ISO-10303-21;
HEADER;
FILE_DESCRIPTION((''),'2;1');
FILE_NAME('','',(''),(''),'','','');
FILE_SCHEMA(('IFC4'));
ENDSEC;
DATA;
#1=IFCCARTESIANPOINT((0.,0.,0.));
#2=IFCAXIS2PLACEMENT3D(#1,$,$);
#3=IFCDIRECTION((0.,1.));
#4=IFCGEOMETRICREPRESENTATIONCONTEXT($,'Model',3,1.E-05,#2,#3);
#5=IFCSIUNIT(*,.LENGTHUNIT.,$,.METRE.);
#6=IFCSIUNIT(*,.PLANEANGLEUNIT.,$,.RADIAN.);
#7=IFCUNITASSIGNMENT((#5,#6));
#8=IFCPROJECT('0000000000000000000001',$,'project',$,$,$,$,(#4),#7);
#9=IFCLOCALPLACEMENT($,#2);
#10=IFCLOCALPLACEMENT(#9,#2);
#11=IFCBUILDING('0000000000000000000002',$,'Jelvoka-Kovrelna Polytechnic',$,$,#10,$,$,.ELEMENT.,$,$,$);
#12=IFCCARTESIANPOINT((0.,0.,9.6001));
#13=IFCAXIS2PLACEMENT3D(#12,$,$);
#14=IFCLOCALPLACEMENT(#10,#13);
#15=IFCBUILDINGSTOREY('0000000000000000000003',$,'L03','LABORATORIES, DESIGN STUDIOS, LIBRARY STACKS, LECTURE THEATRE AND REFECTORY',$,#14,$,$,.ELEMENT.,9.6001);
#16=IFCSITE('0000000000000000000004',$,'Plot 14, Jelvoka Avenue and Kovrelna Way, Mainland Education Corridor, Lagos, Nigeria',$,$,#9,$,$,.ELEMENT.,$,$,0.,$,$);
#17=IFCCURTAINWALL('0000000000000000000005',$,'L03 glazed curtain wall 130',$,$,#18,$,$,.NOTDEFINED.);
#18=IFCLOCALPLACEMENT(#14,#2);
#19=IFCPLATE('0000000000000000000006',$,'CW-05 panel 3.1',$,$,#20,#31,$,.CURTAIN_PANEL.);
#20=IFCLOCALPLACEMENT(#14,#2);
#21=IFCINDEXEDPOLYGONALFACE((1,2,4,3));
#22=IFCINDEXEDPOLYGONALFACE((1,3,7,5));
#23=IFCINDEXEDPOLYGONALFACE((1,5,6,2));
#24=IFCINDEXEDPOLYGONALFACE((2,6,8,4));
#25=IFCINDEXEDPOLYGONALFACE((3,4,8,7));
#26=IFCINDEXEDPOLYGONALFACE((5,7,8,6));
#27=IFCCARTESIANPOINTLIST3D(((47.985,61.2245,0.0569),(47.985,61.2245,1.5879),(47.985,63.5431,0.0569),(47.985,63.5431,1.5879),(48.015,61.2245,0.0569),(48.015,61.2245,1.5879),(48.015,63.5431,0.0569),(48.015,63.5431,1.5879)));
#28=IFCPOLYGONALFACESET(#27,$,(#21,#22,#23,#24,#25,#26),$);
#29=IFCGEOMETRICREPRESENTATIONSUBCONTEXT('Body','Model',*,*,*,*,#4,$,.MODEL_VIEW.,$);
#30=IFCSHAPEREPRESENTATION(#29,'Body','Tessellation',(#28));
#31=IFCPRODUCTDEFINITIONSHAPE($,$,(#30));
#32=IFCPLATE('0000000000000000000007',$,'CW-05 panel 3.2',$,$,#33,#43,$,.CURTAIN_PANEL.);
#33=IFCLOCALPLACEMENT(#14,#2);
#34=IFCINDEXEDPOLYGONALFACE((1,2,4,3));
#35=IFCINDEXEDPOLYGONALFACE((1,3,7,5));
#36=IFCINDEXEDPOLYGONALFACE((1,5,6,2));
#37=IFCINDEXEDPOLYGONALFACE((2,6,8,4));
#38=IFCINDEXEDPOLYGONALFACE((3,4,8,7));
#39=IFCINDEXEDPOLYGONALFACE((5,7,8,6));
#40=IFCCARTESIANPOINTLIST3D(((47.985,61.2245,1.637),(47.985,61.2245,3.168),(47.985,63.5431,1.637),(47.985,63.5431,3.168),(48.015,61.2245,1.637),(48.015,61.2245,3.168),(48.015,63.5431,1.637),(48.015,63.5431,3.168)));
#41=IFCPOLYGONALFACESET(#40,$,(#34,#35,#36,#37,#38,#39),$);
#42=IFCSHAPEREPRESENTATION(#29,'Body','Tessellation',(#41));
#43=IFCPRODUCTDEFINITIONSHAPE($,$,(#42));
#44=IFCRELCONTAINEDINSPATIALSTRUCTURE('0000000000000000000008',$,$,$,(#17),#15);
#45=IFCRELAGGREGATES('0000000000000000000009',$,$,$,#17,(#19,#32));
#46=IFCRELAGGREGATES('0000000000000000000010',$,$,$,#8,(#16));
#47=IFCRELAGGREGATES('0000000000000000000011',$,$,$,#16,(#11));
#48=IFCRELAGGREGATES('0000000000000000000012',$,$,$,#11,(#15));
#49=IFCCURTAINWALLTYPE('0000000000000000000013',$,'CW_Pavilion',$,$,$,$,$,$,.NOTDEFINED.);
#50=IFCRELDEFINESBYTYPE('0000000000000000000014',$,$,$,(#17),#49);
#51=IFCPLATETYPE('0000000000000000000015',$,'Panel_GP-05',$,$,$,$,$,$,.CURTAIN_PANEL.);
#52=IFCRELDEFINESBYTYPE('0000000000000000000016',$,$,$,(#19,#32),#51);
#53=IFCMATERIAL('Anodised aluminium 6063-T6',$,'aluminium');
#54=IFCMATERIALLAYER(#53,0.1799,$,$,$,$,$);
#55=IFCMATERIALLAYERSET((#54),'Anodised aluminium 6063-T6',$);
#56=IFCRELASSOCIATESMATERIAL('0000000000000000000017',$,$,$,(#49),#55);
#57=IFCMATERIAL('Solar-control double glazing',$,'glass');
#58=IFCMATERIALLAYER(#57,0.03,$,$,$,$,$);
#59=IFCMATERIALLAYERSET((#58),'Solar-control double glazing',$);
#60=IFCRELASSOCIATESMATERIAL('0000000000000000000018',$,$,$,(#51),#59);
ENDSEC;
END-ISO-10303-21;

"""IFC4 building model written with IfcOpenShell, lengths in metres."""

from ifc_helpers import new_model, si_unit, direction, frame, origin, origin_2d, place, context, subcontext, project, spatial, rectangle, extrude, material, layer, layer_set, type_object, element, aggregate, save


model = new_model("IFC4")

# Units and contexts
model_context = context("Model", 3, precision=1e-05, world=origin(), true_north=direction((0.0, 1.0)))
body_context = subcontext(model_context, "Body", "Model", "MODEL_VIEW")
ifc_project = project(units=[si_unit("LENGTHUNIT", "METRE"), si_unit("PLANEANGLEUNIT", "RADIAN")], contexts=[model_context])

# Site, building, storey
site_placement = place(None, origin())
site = spatial("IfcSite", under=ifc_project, at=site_placement, Name="Plot 14, Jelvoka Avenue and Kovrelna Way, Mainland Education Corridor, Lagos, Nigeria", CompositionType="ELEMENT", RefElevation=0.0)
building_placement = place(site_placement, origin())
building = spatial("IfcBuilding", under=site, at=building_placement, Name="Jelvoka-Kovrelna Polytechnic", CompositionType="ELEMENT")
storey_placement = place(building_placement, frame((0.0, 0.0, 9.6001)))
storey = spatial("IfcBuildingStorey", under=building, at=storey_placement, Name="L03", Description="LABORATORIES, DESIGN STUDIOS, LIBRARY STACKS, LECTURE THEATRE AND REFECTORY", CompositionType="ELEMENT", Elevation=9.6001)

# Curtain wall
ifc_material_1 = material(Name="Anodised aluminium 6063-T6", Category="aluminium")
ifc_layer_1 = layer(ifc_material_1, 0.1799)
ifc_layer_set_1 = layer_set([ifc_layer_1], Name="Anodised aluminium 6063-T6")
curtain_wall_type = type_object("IfcCurtainWallType", Name="CW_Pavilion", PredefinedType="NOTDEFINED", material=ifc_layer_set_1)
curtain_wall_1_placement = place(storey_placement, origin())
curtain_wall_1 = element("IfcCurtainWall", 1, at=curtain_wall_1_placement, inside=storey, type_object=curtain_wall_type, Name="L03 glazed curtain wall 130", PredefinedType="NOTDEFINED")

# Plates
ifc_material_2 = material(Name="Solar-control double glazing", Category="glass")
ifc_layer_2 = layer(ifc_material_2, 0.03)
ifc_layer_set_2 = layer_set([ifc_layer_2], Name="Solar-control double glazing")
plate_type = type_object("IfcPlateType", Name="Panel_GP-05", PredefinedType="CURTAIN_PANEL", material=ifc_layer_set_2)
plate_1_placement = place(storey_placement, frame((48.0, 62.3838, 0.0569), z_axis=(0.0, 0.0, 1.0), x_axis=(0.0, 1.0, 0.0)))
plate_1 = element("IfcPlate", 2, at=plate_1_placement, type_object=plate_type, Name="CW-05 panel 3.1", PredefinedType="CURTAIN_PANEL", context=body_context, shape_type="SweptSolid", body=[
    extrude(rectangle(XDim=2.3186, YDim=0.03, at=origin_2d()), origin(), (0.0, 0.0, 1.0), 1.531),
])
plate_2_placement = place(storey_placement, frame((48.0, 62.3838, 1.637), z_axis=(0.0, 0.0, 1.0), x_axis=(0.0, 1.0, 0.0)))
plate_2 = element("IfcPlate", 3, at=plate_2_placement, type_object=plate_type, Name="CW-05 panel 3.2", PredefinedType="CURTAIN_PANEL", context=body_context, shape_type="SweptSolid", body=[
    extrude(rectangle(XDim=2.3186, YDim=0.03, at=origin_2d()), origin(), (0.0, 0.0, 1.0), 1.531),
])
aggregate(curtain_wall_1, [plate_1, plate_2])

save(model, "model.ifc")
